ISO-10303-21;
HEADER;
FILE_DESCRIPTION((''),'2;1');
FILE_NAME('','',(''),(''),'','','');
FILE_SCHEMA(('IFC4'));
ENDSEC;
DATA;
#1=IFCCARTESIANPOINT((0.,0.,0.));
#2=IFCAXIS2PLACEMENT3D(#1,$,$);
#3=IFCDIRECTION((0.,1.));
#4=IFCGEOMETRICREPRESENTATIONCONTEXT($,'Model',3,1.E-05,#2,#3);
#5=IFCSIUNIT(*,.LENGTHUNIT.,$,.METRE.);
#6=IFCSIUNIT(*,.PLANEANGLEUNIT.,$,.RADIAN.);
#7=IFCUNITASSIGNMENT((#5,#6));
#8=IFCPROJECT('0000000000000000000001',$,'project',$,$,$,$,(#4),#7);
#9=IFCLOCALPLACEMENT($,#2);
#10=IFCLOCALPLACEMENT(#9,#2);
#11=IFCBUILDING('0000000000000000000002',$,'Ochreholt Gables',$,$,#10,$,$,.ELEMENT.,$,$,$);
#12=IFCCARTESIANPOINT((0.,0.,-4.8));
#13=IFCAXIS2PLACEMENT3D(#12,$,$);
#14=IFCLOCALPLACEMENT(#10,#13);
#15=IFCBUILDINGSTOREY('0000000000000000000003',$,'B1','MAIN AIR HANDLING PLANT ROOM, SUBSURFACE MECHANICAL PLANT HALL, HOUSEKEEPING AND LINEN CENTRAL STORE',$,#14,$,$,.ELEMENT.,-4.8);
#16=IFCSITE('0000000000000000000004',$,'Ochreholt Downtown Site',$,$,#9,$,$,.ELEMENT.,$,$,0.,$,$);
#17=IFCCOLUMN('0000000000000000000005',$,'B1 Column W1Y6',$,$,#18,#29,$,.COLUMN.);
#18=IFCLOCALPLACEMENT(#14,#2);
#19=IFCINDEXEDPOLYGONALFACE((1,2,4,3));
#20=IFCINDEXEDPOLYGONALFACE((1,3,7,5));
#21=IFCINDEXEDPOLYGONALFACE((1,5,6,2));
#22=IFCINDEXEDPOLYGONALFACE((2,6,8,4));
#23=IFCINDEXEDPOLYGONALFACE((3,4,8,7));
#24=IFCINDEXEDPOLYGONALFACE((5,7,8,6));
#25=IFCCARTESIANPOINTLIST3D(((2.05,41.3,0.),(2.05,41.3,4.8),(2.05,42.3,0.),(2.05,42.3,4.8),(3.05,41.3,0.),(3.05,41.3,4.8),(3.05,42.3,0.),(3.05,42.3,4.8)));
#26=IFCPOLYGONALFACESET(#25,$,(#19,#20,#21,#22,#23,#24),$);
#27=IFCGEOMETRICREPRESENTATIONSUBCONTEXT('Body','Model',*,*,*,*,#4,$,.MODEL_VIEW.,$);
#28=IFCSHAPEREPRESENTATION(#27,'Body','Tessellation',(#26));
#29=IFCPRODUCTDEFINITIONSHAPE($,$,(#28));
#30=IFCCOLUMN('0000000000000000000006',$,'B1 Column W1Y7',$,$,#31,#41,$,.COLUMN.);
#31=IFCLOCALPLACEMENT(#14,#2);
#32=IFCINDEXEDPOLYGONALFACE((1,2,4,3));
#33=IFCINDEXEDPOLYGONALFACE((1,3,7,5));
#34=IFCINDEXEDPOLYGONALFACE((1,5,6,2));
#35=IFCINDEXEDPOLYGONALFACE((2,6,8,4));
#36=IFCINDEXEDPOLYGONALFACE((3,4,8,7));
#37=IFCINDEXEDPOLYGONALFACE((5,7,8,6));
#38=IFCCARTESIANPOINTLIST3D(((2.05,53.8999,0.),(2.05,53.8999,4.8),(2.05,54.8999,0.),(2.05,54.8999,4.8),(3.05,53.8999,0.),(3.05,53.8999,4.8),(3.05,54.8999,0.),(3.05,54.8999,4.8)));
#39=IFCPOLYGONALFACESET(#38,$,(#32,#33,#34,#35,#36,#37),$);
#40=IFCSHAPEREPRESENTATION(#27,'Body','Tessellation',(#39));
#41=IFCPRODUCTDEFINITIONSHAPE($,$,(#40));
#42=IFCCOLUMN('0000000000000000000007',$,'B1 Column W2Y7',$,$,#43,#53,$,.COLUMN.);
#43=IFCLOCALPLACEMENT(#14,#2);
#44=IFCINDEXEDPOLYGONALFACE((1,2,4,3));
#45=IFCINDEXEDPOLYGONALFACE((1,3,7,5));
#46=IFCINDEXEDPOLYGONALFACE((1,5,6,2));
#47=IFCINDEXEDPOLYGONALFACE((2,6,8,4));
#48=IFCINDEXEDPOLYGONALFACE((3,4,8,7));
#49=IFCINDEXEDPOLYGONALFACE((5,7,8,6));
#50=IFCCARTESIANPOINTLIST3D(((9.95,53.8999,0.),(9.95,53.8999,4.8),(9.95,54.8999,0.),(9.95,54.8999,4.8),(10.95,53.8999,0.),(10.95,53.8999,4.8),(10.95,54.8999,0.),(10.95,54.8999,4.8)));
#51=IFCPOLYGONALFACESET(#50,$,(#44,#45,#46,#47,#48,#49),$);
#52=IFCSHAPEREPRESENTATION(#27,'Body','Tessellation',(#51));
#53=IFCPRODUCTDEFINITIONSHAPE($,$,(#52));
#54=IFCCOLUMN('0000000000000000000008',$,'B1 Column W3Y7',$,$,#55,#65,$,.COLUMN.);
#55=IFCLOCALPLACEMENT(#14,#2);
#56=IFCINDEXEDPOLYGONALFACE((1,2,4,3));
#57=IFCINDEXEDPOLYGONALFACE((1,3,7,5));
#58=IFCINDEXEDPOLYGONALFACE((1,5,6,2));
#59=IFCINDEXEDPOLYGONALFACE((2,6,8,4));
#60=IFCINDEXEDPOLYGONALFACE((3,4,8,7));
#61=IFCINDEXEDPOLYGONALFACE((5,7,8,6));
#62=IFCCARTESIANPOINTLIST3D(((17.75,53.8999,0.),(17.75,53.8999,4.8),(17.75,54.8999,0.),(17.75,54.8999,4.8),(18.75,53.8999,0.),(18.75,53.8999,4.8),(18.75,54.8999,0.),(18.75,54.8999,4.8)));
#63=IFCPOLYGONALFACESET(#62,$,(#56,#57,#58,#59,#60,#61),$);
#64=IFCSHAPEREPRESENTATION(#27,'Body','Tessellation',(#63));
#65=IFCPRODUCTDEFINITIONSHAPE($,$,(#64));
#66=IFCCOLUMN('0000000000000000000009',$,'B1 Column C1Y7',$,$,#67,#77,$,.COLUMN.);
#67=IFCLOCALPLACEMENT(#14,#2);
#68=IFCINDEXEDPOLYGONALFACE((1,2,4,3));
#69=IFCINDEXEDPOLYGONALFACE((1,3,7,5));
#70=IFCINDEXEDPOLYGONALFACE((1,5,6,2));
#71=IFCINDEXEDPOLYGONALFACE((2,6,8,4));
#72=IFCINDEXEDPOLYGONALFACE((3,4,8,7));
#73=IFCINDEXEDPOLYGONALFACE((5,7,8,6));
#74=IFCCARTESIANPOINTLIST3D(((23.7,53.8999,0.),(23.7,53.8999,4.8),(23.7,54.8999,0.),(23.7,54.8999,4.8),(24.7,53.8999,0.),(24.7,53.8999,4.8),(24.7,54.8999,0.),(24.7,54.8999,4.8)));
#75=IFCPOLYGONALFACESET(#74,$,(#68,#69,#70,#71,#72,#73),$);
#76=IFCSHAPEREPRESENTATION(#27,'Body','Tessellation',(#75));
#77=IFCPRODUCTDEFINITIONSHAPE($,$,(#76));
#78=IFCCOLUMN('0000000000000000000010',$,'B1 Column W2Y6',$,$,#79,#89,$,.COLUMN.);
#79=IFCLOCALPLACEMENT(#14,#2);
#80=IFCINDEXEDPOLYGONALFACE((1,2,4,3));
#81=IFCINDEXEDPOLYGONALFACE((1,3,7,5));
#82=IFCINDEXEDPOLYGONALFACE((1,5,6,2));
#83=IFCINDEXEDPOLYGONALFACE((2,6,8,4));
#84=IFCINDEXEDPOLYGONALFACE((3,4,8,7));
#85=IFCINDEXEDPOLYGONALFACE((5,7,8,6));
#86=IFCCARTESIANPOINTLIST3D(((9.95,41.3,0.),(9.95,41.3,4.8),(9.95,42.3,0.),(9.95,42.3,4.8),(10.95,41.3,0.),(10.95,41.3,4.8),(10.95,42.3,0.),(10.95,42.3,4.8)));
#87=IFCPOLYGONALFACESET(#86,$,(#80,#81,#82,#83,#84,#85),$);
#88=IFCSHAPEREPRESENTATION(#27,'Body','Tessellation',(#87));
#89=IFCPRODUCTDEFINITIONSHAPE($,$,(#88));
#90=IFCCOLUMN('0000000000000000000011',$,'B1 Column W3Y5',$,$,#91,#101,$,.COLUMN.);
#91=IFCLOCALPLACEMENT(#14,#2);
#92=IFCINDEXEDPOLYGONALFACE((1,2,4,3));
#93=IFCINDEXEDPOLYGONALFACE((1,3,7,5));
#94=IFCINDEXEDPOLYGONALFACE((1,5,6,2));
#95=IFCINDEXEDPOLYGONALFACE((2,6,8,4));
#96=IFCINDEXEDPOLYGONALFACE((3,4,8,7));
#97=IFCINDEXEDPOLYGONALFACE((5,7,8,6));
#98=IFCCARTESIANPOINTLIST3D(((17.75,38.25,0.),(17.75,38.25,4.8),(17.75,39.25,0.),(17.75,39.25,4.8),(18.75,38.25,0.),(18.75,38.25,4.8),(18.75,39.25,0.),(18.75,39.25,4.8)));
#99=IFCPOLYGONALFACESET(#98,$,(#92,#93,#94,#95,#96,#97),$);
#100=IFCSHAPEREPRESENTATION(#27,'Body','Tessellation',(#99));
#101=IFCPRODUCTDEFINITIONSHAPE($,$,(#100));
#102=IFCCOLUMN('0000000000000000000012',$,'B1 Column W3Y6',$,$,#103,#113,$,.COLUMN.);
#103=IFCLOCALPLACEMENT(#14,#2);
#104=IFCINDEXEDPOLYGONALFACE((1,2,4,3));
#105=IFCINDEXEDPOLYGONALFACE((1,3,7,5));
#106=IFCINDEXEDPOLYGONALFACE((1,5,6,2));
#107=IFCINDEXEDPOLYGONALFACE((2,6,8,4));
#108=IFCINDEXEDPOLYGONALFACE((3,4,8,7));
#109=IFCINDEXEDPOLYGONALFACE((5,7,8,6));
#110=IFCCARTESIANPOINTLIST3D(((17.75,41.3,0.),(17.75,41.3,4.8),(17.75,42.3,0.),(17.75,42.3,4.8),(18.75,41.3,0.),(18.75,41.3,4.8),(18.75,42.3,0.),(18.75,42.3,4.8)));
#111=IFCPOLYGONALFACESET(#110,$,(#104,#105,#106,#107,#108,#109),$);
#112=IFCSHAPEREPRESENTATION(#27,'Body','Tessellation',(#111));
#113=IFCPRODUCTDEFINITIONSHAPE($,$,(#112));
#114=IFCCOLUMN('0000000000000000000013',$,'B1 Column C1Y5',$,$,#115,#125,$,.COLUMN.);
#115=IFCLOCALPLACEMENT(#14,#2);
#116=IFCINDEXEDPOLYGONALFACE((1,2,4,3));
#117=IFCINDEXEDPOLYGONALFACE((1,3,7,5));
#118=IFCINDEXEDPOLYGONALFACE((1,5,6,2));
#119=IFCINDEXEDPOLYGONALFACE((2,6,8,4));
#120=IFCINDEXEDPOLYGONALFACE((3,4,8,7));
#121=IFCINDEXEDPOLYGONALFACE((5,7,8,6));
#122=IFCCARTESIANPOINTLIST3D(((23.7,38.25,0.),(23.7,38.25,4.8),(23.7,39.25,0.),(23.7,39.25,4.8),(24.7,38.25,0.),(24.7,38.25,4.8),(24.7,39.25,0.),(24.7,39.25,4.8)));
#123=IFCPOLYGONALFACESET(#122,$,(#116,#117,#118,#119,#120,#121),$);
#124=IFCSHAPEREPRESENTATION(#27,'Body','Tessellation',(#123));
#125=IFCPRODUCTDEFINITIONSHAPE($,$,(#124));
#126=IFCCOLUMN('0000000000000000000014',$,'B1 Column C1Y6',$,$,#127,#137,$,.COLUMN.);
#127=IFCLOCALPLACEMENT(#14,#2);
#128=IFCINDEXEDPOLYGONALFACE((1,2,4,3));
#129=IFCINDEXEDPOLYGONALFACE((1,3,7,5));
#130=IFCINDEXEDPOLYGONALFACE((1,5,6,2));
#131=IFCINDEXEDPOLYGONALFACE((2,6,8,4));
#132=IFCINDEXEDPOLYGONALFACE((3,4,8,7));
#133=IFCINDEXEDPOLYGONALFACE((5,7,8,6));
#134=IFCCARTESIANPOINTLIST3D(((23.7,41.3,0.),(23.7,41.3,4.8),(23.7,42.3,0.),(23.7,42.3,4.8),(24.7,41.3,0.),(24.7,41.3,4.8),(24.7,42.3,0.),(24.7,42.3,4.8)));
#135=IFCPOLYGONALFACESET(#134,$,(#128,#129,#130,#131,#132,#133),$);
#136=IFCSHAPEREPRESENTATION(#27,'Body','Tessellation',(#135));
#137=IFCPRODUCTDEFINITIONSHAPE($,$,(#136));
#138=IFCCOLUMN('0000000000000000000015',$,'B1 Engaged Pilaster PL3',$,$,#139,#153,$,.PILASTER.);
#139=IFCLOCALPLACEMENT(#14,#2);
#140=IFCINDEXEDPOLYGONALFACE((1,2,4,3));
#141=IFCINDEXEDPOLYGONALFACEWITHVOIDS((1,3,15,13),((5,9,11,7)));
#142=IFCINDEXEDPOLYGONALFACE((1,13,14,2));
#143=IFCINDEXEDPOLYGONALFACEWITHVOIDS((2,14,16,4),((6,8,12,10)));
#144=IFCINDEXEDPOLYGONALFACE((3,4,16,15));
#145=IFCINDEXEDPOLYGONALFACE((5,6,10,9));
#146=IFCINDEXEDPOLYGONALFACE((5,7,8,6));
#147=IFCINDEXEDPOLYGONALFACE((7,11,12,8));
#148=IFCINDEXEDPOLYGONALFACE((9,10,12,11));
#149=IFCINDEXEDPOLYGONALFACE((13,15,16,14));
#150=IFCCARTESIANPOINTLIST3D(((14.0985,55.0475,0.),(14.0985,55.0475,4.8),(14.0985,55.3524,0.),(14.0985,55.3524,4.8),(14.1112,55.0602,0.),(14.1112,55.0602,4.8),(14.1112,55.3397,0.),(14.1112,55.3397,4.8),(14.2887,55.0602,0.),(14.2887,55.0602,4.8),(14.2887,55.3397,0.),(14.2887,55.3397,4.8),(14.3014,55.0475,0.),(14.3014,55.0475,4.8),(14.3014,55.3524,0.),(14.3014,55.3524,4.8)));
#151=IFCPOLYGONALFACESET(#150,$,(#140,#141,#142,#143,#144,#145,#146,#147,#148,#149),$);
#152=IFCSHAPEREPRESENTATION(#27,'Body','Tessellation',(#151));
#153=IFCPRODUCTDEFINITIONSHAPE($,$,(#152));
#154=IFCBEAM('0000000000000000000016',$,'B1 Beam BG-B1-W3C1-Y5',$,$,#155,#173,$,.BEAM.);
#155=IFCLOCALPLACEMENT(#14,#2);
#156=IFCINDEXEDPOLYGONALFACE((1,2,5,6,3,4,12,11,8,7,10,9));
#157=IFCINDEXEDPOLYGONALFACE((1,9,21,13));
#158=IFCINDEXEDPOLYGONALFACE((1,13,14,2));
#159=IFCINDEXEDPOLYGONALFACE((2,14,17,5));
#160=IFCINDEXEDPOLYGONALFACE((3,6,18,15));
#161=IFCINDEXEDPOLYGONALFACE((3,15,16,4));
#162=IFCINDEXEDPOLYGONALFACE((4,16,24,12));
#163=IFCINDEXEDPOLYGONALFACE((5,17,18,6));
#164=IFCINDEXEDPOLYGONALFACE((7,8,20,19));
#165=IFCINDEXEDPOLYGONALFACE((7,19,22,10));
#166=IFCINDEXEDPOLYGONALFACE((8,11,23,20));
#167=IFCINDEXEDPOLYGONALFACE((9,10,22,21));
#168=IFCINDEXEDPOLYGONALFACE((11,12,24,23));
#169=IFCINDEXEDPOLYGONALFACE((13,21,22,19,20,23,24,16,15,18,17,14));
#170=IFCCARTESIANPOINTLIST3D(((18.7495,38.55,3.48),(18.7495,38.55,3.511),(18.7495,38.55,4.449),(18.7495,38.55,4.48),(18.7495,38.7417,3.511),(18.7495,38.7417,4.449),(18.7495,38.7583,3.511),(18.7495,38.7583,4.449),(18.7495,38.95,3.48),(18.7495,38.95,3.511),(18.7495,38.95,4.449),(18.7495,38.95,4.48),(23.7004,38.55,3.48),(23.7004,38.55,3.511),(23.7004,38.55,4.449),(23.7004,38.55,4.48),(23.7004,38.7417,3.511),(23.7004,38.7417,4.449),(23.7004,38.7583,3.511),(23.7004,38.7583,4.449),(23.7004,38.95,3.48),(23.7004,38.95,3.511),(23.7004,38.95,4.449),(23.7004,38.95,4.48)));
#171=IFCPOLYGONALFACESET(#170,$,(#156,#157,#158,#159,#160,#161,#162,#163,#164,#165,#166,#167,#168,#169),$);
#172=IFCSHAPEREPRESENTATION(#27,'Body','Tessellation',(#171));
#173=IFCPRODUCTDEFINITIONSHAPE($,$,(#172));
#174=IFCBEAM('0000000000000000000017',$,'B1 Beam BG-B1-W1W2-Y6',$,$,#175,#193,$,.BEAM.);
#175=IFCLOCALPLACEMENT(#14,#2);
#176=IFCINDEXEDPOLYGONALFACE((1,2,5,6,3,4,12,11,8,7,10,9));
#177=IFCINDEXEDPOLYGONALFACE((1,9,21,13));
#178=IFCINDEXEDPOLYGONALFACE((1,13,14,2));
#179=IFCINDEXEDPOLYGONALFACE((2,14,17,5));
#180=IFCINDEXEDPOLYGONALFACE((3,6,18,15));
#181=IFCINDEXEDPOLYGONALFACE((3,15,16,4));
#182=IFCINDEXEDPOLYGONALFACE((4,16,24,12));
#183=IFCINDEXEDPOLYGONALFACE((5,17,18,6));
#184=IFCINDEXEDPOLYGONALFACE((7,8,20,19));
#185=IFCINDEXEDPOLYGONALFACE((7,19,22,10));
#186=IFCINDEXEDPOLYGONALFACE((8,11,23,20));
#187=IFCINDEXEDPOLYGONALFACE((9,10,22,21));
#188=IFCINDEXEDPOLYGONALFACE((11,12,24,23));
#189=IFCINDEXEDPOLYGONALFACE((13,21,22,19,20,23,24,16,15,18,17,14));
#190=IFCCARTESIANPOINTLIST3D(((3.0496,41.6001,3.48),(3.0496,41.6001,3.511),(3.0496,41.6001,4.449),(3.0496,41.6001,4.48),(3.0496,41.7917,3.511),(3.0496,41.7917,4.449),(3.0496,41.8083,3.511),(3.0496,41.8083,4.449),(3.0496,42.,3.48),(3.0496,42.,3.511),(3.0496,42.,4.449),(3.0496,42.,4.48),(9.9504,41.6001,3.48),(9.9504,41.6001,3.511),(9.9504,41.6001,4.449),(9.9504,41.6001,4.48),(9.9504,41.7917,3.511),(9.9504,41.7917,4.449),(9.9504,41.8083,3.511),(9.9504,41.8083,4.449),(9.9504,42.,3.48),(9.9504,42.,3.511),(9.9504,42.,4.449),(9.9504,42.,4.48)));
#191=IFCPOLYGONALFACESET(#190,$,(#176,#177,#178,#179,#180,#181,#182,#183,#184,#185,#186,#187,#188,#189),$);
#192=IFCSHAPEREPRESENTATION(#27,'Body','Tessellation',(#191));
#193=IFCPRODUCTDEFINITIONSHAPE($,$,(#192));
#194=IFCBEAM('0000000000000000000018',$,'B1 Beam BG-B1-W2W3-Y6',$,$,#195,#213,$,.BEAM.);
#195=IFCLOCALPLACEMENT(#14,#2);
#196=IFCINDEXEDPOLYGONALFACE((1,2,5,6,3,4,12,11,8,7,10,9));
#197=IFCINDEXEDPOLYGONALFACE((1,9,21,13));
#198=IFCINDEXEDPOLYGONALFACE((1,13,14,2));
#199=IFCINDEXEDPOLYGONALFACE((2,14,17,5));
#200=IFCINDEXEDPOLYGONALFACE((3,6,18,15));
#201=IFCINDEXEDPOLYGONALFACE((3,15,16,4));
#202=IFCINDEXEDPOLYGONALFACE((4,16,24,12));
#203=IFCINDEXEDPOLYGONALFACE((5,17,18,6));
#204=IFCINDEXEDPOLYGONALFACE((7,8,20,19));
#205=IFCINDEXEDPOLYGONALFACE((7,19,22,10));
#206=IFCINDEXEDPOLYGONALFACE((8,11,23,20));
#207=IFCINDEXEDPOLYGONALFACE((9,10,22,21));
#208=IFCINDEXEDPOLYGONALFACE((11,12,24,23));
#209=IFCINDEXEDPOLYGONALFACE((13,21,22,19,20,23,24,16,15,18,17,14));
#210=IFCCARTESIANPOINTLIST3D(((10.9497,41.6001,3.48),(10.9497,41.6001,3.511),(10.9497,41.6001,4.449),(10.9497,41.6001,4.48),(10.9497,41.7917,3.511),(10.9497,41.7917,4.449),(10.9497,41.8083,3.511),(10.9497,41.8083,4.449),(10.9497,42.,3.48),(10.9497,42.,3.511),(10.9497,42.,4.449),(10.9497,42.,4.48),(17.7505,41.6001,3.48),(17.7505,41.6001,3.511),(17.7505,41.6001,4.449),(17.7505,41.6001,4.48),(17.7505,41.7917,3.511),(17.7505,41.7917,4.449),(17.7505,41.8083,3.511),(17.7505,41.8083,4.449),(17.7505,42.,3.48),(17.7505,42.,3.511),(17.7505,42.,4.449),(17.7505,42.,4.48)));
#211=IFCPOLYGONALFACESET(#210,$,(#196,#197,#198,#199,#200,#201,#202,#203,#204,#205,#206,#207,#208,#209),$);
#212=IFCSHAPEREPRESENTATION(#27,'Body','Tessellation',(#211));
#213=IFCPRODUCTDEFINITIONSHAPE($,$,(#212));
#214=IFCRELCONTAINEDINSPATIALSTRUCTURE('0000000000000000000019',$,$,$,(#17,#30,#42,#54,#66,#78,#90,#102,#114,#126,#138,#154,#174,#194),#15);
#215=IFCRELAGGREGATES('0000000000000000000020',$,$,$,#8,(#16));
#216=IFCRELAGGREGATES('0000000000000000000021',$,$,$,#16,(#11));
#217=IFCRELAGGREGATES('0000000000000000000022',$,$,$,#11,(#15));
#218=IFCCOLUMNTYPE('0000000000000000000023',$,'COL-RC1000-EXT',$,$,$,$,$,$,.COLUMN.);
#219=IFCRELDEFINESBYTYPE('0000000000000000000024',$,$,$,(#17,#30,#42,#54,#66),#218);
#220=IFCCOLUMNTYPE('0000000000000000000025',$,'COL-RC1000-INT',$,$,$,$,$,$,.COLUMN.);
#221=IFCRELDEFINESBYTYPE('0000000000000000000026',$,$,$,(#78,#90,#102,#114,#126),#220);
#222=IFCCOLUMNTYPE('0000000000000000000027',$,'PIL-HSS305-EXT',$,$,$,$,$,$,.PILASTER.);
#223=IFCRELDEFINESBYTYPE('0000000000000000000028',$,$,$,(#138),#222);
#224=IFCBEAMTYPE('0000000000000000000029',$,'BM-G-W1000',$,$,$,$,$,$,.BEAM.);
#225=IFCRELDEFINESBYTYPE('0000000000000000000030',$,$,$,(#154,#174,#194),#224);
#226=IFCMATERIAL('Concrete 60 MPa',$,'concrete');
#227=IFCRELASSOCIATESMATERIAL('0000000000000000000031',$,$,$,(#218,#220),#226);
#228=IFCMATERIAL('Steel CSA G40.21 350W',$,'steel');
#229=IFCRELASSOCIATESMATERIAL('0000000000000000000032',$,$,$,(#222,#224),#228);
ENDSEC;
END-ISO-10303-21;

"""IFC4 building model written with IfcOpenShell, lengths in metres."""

from ifc_helpers import new_model, si_unit, direction, frame, origin, origin_2d, place, context, subcontext, project, spatial, rectangle, hollow_rectangle, i_section, extrude, material, material_profile, profile_set, type_object, element, save


model = new_model("IFC4")

# Units and contexts
model_context = context("Model", 3, precision=1e-05, world=origin(), true_north=direction((0.0, 1.0)))
body_context = subcontext(model_context, "Body", "Model", "MODEL_VIEW")
ifc_project = project(units=[si_unit("LENGTHUNIT", "METRE"), si_unit("PLANEANGLEUNIT", "RADIAN")], contexts=[model_context])

# Site, building, storey
site_placement = place(None, origin())
site = spatial("IfcSite", under=ifc_project, at=site_placement, Name="Ochreholt Downtown Site", CompositionType="ELEMENT", RefElevation=0.0)
building_placement = place(site_placement, origin())
building = spatial("IfcBuilding", under=site, at=building_placement, Name="Ochreholt Gables", CompositionType="ELEMENT")
storey_placement = place(building_placement, frame((0.0, 0.0, -4.8)))
storey = spatial("IfcBuildingStorey", under=building, at=storey_placement, Name="B1", Description="MAIN AIR HANDLING PLANT ROOM, SUBSURFACE MECHANICAL PLANT HALL, HOUSEKEEPING AND LINEN CENTRAL STORE", CompositionType="ELEMENT", Elevation=-4.8)

# Columns
ifc_material_1 = material(Name="Concrete 60 MPa", Category="concrete")
ifc_material_profile_1 = material_profile(ifc_material_1, rectangle(XDim=1.0, YDim=1.0, at=origin_2d()), Name="RC1000X1000")
ifc_profile_set_1 = profile_set([ifc_material_profile_1], Name="Concrete 60 MPa")
column_type_1 = type_object("IfcColumnType", Name="COL-RC1000-EXT", PredefinedType="COLUMN", material=ifc_profile_set_1)
for number, where, z_axis, x_axis, name in (
    (1, (2.55, 41.8, 0.0), (0.0, 0.0, 1.0), (1.0, 0.0, 0.0), "B1 Column W1Y6"),
    (2, (2.55, 54.3999, 0.0), (0.0, 0.0, 1.0), (1.0, 0.0, 0.0), "B1 Column W1Y7"),
    (3, (10.45, 54.3999, 0.0), (0.0, 0.0, 1.0), (1.0, 0.0, 0.0), "B1 Column W2Y7"),
    (4, (18.25, 54.3999, 0.0), (0.0, 0.0, 1.0), (1.0, 0.0, 0.0), "B1 Column W3Y7"),
    (5, (24.2, 54.3999, 0.0), (0.0, 0.0, 1.0), (1.0, 0.0, 0.0), "B1 Column C1Y7"),
):
    element("IfcColumn", number, at=place(storey_placement, frame(where, z_axis=z_axis, x_axis=x_axis)), inside=storey, type_object=column_type_1, Name=name, PredefinedType="COLUMN", context=body_context, shape_type="SweptSolid", body=[
        extrude(rectangle(XDim=1.0, YDim=1.0, at=origin_2d()), origin(), (0.0, 0.0, 1.0), 4.8),
    ])
ifc_material_profile_2 = material_profile(ifc_material_1, rectangle(XDim=1.0, YDim=1.0, at=origin_2d()), Name="RC1000X1000")
ifc_profile_set_2 = profile_set([ifc_material_profile_2], Name="Concrete 60 MPa")
column_type_2 = type_object("IfcColumnType", Name="COL-RC1000-INT", PredefinedType="COLUMN", material=ifc_profile_set_2)
for number, where, z_axis, x_axis, name in (
    (6, (10.45, 41.8, 0.0), (0.0, 0.0, 1.0), (1.0, 0.0, 0.0), "B1 Column W2Y6"),
    (7, (18.25, 38.75, 0.0), (0.0, 0.0, 1.0), (1.0, 0.0, 0.0), "B1 Column W3Y5"),
    (8, (18.25, 41.8, 0.0), (0.0, 0.0, 1.0), (1.0, 0.0, 0.0), "B1 Column W3Y6"),
    (9, (24.2, 38.75, 0.0), (0.0, 0.0, 1.0), (1.0, 0.0, 0.0), "B1 Column C1Y5"),
    (10, (24.2, 41.8, 0.0), (0.0, 0.0, 1.0), (1.0, 0.0, 0.0), "B1 Column C1Y6"),
):
    element("IfcColumn", number, at=place(storey_placement, frame(where, z_axis=z_axis, x_axis=x_axis)), inside=storey, type_object=column_type_2, Name=name, PredefinedType="COLUMN", context=body_context, shape_type="SweptSolid", body=[
        extrude(rectangle(XDim=1.0, YDim=1.0, at=origin_2d()), origin(), (0.0, 0.0, 1.0), 4.8),
    ])
ifc_material_2 = material(Name="Steel CSA G40.21 350W", Category="steel")
ifc_material_profile_3 = material_profile(ifc_material_2, hollow_rectangle(XDim=0.2029, YDim=0.3049, WallThickness=0.0127, at=origin_2d()), Name="HSS305X203X13")
ifc_profile_set_3 = profile_set([ifc_material_profile_3], Name="Steel CSA G40.21 350W")
column_type_3 = type_object("IfcColumnType", Name="PIL-HSS305-EXT", PredefinedType="PILASTER", material=ifc_profile_set_3)
column_placement = place(storey_placement, frame((14.2, 55.2, 0.0), z_axis=(0.0, 0.0, 1.0), x_axis=(1.0, 0.0, 0.0)))
element("IfcColumn", 11, at=column_placement, inside=storey, type_object=column_type_3, Name="B1 Engaged Pilaster PL3", PredefinedType="PILASTER", context=body_context, shape_type="SweptSolid", body=[
    extrude(hollow_rectangle(XDim=0.2029, YDim=0.3049, WallThickness=0.0127, at=origin_2d()), origin(), (0.0, 0.0, 1.0), 4.8),
])

# Beams
ifc_material_profile_4 = material_profile(ifc_material_2, i_section(OverallWidth=0.3999, OverallDepth=1.0, WebThickness=0.0166, FlangeThickness=0.031, at=origin_2d()), Name="W1000X321")
ifc_profile_set_4 = profile_set([ifc_material_profile_4], Name="Steel CSA G40.21 350W")
beam_type_1 = type_object("IfcBeamType", Name="BM-G-W1000", PredefinedType="BEAM", material=ifc_profile_set_4)
beam_1_placement = place(storey_placement, frame((18.7495, 38.75, 3.98), z_axis=(1.0, 0.0, 0.0), x_axis=(0.0, 1.0, 0.0)))
element("IfcBeam", 12, at=beam_1_placement, inside=storey, type_object=beam_type_1, Name="B1 Beam BG-B1-W3C1-Y5", PredefinedType="BEAM", context=body_context, shape_type="SweptSolid", body=[
    extrude(i_section(OverallWidth=0.3999, OverallDepth=1.0, WebThickness=0.0166, FlangeThickness=0.031, at=origin_2d()), origin(), (0.0, 0.0, 1.0), 4.9509),
])
beam_2_placement = place(storey_placement, frame((3.0496, 41.8, 3.98), z_axis=(1.0, 0.0, 0.0), x_axis=(0.0, 1.0, 0.0)))
element("IfcBeam", 13, at=beam_2_placement, inside=storey, type_object=beam_type_1, Name="B1 Beam BG-B1-W1W2-Y6", PredefinedType="BEAM", context=body_context, shape_type="SweptSolid", body=[
    extrude(i_section(OverallWidth=0.3999, OverallDepth=1.0, WebThickness=0.0166, FlangeThickness=0.031, at=origin_2d()), origin(), (0.0, 0.0, 1.0), 6.9009),
])
beam_3_placement = place(storey_placement, frame((10.9497, 41.8, 3.98), z_axis=(1.0, 0.0, 0.0), x_axis=(0.0, 1.0, 0.0)))
element("IfcBeam", 14, at=beam_3_placement, inside=storey, type_object=beam_type_1, Name="B1 Beam BG-B1-W2W3-Y6", PredefinedType="BEAM", context=body_context, shape_type="SweptSolid", body=[
    extrude(i_section(OverallWidth=0.3999, OverallDepth=1.0, WebThickness=0.0166, FlangeThickness=0.031, at=origin_2d()), origin(), (0.0, 0.0, 1.0), 6.8008),
])

save(model, "model.ifc")
